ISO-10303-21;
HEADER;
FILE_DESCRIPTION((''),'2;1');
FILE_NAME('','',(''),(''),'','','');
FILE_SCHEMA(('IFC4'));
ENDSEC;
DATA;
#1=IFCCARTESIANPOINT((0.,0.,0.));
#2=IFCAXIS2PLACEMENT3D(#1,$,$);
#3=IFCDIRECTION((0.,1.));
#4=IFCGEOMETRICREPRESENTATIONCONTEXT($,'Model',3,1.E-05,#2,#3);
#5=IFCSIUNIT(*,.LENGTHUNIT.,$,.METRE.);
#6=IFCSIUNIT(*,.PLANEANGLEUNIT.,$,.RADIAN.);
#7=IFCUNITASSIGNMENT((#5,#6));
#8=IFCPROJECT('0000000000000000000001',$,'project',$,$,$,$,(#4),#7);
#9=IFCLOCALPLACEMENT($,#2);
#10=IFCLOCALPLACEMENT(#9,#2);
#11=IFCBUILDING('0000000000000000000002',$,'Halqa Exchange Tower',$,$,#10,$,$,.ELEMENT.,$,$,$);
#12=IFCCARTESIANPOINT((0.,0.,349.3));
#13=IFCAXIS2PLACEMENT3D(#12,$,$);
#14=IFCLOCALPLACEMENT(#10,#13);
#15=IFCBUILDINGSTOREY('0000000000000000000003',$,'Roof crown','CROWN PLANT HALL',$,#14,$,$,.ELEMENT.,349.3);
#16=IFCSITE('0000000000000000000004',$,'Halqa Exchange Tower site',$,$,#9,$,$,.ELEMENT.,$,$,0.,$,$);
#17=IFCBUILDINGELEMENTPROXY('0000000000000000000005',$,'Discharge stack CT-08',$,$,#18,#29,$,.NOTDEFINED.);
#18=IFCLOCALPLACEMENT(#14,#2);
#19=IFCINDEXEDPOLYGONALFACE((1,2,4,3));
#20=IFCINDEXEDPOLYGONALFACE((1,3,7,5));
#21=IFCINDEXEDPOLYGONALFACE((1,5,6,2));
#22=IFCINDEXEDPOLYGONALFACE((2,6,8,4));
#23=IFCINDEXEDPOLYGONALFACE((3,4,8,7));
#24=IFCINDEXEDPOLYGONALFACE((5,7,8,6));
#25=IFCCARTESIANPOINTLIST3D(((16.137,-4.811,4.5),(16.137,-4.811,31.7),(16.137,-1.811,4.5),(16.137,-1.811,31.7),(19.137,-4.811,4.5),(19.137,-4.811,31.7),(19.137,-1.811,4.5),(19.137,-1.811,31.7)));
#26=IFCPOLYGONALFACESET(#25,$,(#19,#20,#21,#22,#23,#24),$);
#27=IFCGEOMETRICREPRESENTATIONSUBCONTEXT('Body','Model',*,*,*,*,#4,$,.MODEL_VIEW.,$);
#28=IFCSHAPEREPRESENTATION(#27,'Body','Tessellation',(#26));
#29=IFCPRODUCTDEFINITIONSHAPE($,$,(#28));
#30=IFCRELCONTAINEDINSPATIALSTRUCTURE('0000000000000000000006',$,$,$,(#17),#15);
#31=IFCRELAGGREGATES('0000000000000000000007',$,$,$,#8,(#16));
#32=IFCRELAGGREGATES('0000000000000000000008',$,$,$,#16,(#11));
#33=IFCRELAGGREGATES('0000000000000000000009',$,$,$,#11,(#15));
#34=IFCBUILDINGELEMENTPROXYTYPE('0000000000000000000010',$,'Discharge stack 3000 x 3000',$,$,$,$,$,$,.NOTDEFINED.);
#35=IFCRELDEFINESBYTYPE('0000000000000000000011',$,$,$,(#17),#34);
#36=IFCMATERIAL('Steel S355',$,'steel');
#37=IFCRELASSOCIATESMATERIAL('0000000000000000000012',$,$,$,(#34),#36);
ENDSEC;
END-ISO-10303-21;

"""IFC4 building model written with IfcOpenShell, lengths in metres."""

from ifc_helpers import new_model, si_unit, direction, frame, origin, origin_2d, place, context, subcontext, project, spatial, rectangle, extrude, material, type_object, element, save


model = new_model("IFC4")

# Units and contexts
model_context = context("Model", 3, precision=1e-05, world=origin(), true_north=direction((0.0, 1.0)))
body_context = subcontext(model_context, "Body", "Model", "MODEL_VIEW")
ifc_project = project(units=[si_unit("LENGTHUNIT", "METRE"), si_unit("PLANEANGLEUNIT", "RADIAN")], contexts=[model_context])

# Site, building, storey
site_placement = place(None, origin())
site = spatial("IfcSite", under=ifc_project, at=site_placement, Name="Halqa Exchange Tower site", CompositionType="ELEMENT", RefElevation=0.0)
building_placement = place(site_placement, origin())
building = spatial("IfcBuilding", under=site, at=building_placement, Name="Halqa Exchange Tower", CompositionType="ELEMENT")
storey_placement = place(building_placement, frame((0.0, 0.0, 349.3)))
storey = spatial("IfcBuildingStorey", under=building, at=storey_placement, Name="Roof crown", Description="CROWN PLANT HALL", CompositionType="ELEMENT", Elevation=349.3)

# Shared definitions
ifc_material_1 = material(Name="Steel S355", Category="steel")

# Building element proxy
building_element_proxy_type_1 = type_object("IfcBuildingElementProxyType", Name="Discharge stack 3000 x 3000", PredefinedType="NOTDEFINED", material=ifc_material_1)
for number, where, z_axis, x_axis, name in (
    (1, (17.637, -3.311, 4.5), (0.0, 0.0, 1.0), (1.0, 0.0, 0.0), "Discharge stack CT-08"),
):
    element("IfcBuildingElementProxy", number, at=place(storey_placement, frame(where, z_axis=z_axis, x_axis=x_axis)), inside=storey, type_object=building_element_proxy_type_1, Name=name, PredefinedType="NOTDEFINED", context=body_context, shape_type="SweptSolid", body=[
        extrude(rectangle(XDim=3.0, YDim=3.0, at=origin_2d()), origin(), (0.0, 0.0, 1.0), 27.2),
    ])

save(model, "model.ifc")
